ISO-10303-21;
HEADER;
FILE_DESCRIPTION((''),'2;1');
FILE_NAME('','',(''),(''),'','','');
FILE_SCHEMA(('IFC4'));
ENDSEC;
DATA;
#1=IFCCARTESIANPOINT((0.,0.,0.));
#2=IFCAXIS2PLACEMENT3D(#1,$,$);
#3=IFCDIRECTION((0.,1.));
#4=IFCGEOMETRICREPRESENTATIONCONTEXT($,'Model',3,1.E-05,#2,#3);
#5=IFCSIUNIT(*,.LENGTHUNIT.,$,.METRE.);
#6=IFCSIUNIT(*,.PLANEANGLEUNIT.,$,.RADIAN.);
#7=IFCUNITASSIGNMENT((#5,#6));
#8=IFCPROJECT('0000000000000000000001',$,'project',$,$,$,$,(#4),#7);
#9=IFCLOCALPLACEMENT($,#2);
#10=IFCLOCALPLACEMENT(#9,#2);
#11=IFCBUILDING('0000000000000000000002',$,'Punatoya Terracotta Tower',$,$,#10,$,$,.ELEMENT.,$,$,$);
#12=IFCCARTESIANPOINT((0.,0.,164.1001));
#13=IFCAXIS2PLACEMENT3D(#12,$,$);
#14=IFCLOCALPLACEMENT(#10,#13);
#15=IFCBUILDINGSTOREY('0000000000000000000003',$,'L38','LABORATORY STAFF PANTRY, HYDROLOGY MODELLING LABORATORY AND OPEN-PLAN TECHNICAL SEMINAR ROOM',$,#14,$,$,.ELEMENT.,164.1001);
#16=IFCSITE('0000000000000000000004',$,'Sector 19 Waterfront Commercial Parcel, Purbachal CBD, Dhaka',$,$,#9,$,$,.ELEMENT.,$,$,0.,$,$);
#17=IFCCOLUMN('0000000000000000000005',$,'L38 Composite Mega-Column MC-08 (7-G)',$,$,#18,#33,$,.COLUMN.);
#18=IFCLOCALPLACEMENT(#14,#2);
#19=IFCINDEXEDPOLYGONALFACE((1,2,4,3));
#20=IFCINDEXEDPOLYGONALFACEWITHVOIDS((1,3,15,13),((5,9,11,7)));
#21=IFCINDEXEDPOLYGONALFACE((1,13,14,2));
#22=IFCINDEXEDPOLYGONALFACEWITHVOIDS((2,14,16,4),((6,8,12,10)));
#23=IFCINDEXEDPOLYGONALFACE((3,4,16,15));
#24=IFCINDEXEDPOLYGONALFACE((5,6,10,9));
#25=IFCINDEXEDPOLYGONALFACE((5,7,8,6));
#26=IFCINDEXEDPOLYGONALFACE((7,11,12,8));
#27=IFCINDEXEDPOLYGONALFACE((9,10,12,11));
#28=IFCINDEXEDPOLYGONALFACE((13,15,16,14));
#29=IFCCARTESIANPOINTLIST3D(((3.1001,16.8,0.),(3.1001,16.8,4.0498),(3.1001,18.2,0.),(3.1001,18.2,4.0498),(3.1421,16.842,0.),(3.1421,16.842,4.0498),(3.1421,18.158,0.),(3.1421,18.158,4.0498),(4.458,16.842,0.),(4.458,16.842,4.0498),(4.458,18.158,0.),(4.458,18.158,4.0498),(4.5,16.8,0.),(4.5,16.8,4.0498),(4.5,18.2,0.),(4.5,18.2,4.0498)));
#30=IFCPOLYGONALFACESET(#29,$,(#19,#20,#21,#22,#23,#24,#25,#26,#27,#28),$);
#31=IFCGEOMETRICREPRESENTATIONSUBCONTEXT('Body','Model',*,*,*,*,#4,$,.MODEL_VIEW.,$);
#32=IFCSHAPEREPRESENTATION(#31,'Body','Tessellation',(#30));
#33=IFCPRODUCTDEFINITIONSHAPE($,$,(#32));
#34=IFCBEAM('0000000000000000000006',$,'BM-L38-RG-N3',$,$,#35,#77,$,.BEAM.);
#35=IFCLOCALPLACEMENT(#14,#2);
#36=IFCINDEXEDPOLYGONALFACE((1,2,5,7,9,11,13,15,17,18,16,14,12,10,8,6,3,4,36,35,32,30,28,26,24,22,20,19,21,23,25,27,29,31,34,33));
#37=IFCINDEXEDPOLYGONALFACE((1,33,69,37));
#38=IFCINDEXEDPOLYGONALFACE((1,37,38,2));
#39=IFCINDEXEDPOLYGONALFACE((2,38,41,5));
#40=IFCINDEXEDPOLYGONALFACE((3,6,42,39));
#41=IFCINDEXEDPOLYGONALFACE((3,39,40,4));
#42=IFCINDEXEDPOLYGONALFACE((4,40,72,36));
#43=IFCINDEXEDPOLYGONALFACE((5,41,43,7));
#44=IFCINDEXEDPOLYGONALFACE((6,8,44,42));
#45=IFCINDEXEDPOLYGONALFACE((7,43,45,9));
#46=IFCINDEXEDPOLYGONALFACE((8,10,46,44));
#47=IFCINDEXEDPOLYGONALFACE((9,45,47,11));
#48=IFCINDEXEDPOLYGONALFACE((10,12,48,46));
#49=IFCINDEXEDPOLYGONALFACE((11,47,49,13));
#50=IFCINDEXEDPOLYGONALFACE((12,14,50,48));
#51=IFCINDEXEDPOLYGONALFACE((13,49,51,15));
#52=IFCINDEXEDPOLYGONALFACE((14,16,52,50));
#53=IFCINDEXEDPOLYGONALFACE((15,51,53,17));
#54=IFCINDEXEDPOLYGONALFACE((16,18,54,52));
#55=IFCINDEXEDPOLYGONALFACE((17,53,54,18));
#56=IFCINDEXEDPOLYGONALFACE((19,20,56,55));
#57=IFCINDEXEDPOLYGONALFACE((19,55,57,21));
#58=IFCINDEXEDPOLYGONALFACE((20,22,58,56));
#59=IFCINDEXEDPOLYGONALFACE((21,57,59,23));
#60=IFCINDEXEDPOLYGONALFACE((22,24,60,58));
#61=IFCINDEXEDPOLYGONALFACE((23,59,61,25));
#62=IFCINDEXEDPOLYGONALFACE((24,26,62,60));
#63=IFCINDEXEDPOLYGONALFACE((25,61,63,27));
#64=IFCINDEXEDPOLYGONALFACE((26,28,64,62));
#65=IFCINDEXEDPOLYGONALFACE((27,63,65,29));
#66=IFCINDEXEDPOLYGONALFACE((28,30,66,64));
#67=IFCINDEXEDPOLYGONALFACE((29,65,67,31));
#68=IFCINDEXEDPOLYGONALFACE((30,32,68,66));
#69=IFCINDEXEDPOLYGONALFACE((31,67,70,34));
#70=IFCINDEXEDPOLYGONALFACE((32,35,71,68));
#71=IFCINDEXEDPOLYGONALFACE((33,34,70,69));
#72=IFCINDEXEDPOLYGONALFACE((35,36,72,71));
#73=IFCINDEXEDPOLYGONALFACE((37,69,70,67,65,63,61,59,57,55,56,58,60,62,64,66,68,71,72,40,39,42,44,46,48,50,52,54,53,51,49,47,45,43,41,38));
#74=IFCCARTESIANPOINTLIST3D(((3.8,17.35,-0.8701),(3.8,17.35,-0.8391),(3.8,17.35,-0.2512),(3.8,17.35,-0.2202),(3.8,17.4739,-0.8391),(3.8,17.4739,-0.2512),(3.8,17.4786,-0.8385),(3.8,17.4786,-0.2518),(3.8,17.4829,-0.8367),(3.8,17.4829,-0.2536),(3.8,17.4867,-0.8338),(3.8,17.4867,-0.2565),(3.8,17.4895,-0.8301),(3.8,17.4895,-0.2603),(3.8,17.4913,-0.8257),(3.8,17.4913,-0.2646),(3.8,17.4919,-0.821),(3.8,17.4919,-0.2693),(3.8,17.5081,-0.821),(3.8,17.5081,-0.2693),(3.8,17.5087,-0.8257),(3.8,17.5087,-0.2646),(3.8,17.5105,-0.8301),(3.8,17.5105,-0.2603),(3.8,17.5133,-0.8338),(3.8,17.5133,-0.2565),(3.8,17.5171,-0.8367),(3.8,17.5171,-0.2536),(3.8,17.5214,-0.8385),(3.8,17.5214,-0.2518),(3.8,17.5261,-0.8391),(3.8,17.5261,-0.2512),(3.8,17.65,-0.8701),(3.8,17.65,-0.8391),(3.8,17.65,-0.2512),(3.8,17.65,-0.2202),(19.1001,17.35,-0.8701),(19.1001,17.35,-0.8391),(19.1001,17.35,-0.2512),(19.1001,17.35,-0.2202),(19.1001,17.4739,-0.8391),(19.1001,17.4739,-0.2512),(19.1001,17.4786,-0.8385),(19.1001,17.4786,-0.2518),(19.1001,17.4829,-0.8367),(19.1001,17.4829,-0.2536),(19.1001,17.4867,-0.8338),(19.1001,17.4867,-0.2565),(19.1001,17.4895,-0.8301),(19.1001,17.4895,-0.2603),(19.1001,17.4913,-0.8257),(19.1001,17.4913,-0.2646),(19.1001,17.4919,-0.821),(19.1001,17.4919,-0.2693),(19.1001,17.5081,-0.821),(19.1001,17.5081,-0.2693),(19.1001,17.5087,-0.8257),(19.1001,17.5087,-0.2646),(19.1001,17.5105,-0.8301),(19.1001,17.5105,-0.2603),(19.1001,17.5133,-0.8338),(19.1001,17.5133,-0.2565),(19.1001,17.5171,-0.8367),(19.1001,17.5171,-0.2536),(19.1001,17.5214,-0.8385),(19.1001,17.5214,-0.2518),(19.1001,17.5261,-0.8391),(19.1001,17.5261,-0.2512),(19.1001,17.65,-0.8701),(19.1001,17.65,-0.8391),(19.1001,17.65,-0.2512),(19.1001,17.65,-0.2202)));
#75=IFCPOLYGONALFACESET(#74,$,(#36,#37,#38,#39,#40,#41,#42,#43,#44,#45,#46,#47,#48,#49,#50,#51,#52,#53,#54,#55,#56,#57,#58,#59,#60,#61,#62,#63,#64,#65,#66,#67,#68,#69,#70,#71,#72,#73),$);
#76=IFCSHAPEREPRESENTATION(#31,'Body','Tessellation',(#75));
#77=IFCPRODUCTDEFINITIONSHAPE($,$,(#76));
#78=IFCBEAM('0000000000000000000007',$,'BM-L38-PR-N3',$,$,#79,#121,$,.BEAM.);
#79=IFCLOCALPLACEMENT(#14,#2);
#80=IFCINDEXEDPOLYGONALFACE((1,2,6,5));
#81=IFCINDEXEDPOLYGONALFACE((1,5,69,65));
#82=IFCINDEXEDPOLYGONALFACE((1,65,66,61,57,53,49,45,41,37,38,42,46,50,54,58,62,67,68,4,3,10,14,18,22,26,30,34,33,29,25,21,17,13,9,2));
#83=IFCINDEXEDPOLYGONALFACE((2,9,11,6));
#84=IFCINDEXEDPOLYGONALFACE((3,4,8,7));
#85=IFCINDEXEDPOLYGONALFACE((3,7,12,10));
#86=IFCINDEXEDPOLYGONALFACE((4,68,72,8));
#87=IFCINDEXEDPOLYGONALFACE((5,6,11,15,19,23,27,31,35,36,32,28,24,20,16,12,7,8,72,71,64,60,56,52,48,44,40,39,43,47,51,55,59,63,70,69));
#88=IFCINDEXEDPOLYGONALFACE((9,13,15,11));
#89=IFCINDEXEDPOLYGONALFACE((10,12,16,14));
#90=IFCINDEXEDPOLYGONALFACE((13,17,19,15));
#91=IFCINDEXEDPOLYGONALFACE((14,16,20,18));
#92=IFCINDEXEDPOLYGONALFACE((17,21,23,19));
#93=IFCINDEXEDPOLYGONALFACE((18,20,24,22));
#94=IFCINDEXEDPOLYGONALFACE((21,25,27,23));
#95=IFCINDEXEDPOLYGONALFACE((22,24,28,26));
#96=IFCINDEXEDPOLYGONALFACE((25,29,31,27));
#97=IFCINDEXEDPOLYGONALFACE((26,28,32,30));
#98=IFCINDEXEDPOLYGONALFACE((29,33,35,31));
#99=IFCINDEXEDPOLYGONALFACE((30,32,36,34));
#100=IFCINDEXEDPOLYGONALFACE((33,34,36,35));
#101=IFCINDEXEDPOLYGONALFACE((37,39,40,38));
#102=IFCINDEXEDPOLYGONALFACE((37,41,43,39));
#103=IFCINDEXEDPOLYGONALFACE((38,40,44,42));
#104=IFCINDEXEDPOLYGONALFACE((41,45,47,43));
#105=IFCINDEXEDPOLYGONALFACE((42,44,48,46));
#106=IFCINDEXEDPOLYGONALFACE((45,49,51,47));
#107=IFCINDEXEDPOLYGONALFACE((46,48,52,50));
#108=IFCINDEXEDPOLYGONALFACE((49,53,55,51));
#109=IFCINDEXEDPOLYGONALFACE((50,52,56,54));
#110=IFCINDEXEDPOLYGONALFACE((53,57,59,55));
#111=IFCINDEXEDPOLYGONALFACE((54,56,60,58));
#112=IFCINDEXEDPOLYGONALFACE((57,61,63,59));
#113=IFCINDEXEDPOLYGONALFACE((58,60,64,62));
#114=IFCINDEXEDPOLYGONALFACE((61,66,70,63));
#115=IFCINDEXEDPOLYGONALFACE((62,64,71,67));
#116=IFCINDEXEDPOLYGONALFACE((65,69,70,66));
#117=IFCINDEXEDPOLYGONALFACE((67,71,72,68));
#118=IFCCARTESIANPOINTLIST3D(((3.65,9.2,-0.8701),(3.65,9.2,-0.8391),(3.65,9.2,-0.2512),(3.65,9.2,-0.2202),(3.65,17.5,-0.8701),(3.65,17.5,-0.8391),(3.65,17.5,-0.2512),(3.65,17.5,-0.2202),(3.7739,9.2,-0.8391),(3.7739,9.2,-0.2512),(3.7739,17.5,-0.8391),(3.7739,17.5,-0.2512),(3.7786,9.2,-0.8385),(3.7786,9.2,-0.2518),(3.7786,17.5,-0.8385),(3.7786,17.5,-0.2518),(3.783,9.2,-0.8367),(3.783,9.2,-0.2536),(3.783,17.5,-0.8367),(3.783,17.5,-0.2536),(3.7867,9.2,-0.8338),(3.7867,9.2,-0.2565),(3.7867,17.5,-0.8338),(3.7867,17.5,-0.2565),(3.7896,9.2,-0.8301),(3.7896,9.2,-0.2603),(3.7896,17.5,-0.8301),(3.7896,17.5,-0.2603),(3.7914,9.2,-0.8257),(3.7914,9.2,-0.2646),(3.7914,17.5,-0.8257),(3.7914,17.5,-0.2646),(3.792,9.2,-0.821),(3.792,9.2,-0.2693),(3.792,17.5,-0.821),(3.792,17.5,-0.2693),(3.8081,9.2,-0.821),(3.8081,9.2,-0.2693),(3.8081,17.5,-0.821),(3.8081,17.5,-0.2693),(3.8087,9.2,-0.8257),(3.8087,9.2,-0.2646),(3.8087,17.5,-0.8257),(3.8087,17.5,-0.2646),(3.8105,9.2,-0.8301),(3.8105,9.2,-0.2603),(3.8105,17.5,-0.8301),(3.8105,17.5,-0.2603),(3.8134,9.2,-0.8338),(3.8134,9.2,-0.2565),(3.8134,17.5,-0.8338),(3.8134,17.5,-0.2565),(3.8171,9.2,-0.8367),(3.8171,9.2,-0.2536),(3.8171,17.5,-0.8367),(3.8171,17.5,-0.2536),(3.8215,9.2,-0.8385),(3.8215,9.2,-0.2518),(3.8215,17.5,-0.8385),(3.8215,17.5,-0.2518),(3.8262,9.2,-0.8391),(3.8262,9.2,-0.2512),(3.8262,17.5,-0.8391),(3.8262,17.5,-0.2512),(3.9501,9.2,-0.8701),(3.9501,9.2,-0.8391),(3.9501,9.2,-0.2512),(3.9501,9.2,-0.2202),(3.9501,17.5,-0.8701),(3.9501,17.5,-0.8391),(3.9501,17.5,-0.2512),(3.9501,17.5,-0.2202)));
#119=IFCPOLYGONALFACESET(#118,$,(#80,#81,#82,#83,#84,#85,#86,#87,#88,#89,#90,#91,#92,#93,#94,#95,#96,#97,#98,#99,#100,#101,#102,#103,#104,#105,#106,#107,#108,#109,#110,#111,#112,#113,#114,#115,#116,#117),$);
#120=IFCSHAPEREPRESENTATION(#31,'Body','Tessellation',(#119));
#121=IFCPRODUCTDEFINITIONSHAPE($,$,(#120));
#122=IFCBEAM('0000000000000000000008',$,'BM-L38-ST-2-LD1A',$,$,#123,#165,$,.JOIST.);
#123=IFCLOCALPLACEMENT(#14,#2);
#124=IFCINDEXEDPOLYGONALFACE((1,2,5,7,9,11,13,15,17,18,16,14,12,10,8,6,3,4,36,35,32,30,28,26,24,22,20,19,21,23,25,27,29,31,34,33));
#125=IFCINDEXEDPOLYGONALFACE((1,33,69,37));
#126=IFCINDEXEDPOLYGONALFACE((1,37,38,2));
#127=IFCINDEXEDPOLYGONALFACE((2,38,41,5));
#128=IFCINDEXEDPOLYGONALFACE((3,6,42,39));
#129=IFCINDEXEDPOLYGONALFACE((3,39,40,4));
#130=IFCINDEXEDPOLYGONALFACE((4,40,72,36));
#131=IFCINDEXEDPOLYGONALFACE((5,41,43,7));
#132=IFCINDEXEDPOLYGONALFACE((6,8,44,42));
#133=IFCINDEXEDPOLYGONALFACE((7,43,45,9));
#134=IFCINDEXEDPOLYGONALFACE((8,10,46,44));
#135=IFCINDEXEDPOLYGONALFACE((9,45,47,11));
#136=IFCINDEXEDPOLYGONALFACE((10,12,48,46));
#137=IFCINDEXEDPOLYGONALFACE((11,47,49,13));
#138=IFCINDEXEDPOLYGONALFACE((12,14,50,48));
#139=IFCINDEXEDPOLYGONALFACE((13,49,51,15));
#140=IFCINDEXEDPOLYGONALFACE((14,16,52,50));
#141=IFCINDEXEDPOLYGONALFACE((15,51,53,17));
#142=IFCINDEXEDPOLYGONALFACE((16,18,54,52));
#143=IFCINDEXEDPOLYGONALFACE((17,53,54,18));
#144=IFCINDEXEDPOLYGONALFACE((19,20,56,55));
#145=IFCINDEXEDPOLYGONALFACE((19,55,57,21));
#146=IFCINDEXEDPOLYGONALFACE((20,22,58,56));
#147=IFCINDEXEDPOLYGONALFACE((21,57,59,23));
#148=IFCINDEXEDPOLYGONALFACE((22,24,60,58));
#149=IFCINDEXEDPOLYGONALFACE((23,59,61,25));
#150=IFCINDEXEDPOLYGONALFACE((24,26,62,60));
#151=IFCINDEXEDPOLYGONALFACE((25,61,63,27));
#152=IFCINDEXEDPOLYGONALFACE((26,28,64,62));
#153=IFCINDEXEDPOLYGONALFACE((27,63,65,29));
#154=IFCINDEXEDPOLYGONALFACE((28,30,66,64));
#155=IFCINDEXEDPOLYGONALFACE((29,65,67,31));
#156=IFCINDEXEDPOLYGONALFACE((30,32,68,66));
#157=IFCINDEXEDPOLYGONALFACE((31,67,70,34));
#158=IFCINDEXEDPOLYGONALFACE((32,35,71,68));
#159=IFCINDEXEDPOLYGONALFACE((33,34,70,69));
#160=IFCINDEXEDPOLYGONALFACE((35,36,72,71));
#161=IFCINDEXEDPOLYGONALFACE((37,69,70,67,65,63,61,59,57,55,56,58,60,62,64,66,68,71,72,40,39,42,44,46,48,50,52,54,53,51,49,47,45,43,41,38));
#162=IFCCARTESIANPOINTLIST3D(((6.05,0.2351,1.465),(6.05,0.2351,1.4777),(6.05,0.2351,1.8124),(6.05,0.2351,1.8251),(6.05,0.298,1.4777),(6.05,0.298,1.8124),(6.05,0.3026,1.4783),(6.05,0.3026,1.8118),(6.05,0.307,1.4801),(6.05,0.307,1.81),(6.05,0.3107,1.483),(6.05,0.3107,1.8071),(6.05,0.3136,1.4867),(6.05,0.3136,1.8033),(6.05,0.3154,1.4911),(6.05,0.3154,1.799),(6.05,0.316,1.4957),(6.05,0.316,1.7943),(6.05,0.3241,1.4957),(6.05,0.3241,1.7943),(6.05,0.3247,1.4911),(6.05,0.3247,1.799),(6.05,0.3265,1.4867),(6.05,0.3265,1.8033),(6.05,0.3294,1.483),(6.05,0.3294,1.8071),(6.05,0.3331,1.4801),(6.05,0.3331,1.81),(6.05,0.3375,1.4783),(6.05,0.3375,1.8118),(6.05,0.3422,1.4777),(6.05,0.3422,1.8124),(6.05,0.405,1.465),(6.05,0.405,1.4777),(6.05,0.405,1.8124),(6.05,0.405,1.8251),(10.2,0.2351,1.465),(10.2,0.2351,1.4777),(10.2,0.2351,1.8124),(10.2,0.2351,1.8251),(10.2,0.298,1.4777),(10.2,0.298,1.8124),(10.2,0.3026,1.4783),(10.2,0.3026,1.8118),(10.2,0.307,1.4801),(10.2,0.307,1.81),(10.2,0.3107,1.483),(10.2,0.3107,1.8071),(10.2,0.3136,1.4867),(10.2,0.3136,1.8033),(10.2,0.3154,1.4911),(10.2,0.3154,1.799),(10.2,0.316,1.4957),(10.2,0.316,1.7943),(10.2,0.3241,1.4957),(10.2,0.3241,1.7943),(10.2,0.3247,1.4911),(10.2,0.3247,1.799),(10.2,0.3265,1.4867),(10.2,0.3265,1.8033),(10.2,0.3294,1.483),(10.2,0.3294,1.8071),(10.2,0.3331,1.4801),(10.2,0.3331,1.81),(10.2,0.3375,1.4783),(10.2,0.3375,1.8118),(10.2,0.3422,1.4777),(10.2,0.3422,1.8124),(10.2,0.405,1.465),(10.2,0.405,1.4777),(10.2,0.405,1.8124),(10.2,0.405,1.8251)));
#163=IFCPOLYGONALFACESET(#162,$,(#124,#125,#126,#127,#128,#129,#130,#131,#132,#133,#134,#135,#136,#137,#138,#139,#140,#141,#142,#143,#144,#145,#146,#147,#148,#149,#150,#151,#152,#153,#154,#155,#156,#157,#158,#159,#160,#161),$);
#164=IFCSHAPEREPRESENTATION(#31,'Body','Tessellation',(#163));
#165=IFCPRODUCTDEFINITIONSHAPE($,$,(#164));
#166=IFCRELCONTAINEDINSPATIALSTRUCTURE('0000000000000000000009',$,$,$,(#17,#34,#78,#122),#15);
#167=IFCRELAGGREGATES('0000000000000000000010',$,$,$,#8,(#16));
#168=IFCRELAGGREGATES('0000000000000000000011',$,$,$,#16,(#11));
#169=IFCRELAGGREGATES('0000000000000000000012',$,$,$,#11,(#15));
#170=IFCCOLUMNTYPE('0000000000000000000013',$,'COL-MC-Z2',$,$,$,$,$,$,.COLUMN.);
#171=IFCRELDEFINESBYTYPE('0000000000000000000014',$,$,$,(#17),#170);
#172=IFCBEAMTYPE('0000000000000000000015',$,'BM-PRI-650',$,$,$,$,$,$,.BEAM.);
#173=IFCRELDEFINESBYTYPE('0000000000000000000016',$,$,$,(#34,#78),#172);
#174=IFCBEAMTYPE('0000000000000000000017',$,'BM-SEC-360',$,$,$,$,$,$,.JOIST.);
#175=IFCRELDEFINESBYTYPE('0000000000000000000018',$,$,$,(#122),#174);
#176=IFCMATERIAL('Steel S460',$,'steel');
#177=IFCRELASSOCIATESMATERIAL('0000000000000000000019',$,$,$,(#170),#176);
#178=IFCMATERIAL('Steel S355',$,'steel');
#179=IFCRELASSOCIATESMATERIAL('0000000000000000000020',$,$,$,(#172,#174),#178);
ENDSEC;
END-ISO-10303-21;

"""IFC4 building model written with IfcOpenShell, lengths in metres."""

from ifc_helpers import new_model, si_unit, direction, frame, origin, origin_2d, place, context, subcontext, project, spatial, hollow_rectangle, i_section, extrude, material, material_profile, profile_set, type_object, element, save


model = new_model("IFC4")

# Units and contexts
model_context = context("Model", 3, precision=1e-05, world=origin(), true_north=direction((0.0, 1.0)))
body_context = subcontext(model_context, "Body", "Model", "MODEL_VIEW")
ifc_project = project(units=[si_unit("LENGTHUNIT", "METRE"), si_unit("PLANEANGLEUNIT", "RADIAN")], contexts=[model_context])

# Site, building, storey
site_placement = place(None, origin())
site = spatial("IfcSite", under=ifc_project, at=site_placement, Name="Sector 19 Waterfront Commercial Parcel, Purbachal CBD, Dhaka", CompositionType="ELEMENT", RefElevation=0.0)
building_placement = place(site_placement, origin())
building = spatial("IfcBuilding", under=site, at=building_placement, Name="Punatoya Terracotta Tower", CompositionType="ELEMENT")
storey_placement = place(building_placement, frame((0.0, 0.0, 164.1001)))
storey = spatial("IfcBuildingStorey", under=building, at=storey_placement, Name="L38", Description="LABORATORY STAFF PANTRY, HYDROLOGY MODELLING LABORATORY AND OPEN-PLAN TECHNICAL SEMINAR ROOM", CompositionType="ELEMENT", Elevation=164.1001)

# Column
ifc_material_1 = material(Name="Steel S460", Category="steel")
ifc_material_profile_1 = material_profile(ifc_material_1, hollow_rectangle(XDim=1.3999, YDim=1.3999, WallThickness=0.042, at=origin_2d()))
ifc_profile_set_1 = profile_set([ifc_material_profile_1], Name="Steel S460")
column_type = type_object("IfcColumnType", Name="COL-MC-Z2", PredefinedType="COLUMN", material=ifc_profile_set_1)
column_placement = place(storey_placement, frame((3.8, 17.5, 0.0), z_axis=(0.0, 0.0, 1.0), x_axis=(1.0, 0.0, 0.0)))
element("IfcColumn", 1, at=column_placement, inside=storey, type_object=column_type, Name="L38 Composite Mega-Column MC-08 (7-G)", PredefinedType="COLUMN", context=body_context, shape_type="SweptSolid", body=[
    extrude(hollow_rectangle(XDim=1.3999, YDim=1.3999, WallThickness=0.042, at=origin_2d()), origin(), (0.0, 0.0, 1.0), 4.0498),
])

# Beams
ifc_material_2 = material(Name="Steel S355", Category="steel")
ifc_material_profile_2 = material_profile(ifc_material_2, i_section(OverallWidth=0.3, OverallDepth=0.6499, WebThickness=0.0161, FlangeThickness=0.031, FilletRadius=0.0181, at=origin_2d()))
ifc_profile_set_2 = profile_set([ifc_material_profile_2], Name="Steel S355")
beam_type_1 = type_object("IfcBeamType", Name="BM-PRI-650", PredefinedType="BEAM", material=ifc_profile_set_2)
beam_1_placement = place(storey_placement, frame((3.8, 17.5, -0.5452), z_axis=(1.0, 0.0, 0.0), x_axis=(0.0, 1.0, 0.0)))
element("IfcBeam", 2, at=beam_1_placement, inside=storey, type_object=beam_type_1, Name="BM-L38-RG-N3", PredefinedType="BEAM", context=body_context, shape_type="SweptSolid", body=[
    extrude(i_section(OverallWidth=0.3, OverallDepth=0.6499, WebThickness=0.0161, FlangeThickness=0.031, FilletRadius=0.0181, at=origin_2d()), origin(), (0.0, 0.0, 1.0), 15.3),
])
beam_2_placement = place(storey_placement, frame((3.8, 9.2, -0.5452), z_axis=(0.0, 1.0, 0.0), x_axis=(-1.0, 0.0, 0.0)))
element("IfcBeam", 3, at=beam_2_placement, inside=storey, type_object=beam_type_1, Name="BM-L38-PR-N3", PredefinedType="BEAM", context=body_context, shape_type="SweptSolid", body=[
    extrude(i_section(OverallWidth=0.3, OverallDepth=0.6499, WebThickness=0.0161, FlangeThickness=0.031, FilletRadius=0.0181, at=origin_2d()), origin(), (0.0, 0.0, 1.0), 8.3),
])
ifc_material_profile_3 = material_profile(ifc_material_2, i_section(OverallWidth=0.1699, OverallDepth=0.3601, WebThickness=0.0081, FlangeThickness=0.0127, FilletRadius=0.0181, at=origin_2d()))
ifc_profile_set_3 = profile_set([ifc_material_profile_3], Name="Steel S355")
beam_type_2 = type_object("IfcBeamType", Name="BM-SEC-360", PredefinedType="JOIST", material=ifc_profile_set_3)
for number, where, z_axis, x_axis, name in (
    (4, (6.05, 0.3201, 1.645), (1.0, 0.0, 0.0), (0.0, 1.0, 0.0), "BM-L38-ST-2-LD1A"),
):
    element("IfcBeam", number, at=place(storey_placement, frame(where, z_axis=z_axis, x_axis=x_axis)), inside=storey, type_object=beam_type_2, Name=name, PredefinedType="JOIST", context=body_context, shape_type="SweptSolid", body=[
        extrude(i_section(OverallWidth=0.1699, OverallDepth=0.3601, WebThickness=0.0081, FlangeThickness=0.0127, FilletRadius=0.0181, at=origin_2d()), origin(), (0.0, 0.0, 1.0), 4.1499),
    ])

save(model, "model.ifc")
